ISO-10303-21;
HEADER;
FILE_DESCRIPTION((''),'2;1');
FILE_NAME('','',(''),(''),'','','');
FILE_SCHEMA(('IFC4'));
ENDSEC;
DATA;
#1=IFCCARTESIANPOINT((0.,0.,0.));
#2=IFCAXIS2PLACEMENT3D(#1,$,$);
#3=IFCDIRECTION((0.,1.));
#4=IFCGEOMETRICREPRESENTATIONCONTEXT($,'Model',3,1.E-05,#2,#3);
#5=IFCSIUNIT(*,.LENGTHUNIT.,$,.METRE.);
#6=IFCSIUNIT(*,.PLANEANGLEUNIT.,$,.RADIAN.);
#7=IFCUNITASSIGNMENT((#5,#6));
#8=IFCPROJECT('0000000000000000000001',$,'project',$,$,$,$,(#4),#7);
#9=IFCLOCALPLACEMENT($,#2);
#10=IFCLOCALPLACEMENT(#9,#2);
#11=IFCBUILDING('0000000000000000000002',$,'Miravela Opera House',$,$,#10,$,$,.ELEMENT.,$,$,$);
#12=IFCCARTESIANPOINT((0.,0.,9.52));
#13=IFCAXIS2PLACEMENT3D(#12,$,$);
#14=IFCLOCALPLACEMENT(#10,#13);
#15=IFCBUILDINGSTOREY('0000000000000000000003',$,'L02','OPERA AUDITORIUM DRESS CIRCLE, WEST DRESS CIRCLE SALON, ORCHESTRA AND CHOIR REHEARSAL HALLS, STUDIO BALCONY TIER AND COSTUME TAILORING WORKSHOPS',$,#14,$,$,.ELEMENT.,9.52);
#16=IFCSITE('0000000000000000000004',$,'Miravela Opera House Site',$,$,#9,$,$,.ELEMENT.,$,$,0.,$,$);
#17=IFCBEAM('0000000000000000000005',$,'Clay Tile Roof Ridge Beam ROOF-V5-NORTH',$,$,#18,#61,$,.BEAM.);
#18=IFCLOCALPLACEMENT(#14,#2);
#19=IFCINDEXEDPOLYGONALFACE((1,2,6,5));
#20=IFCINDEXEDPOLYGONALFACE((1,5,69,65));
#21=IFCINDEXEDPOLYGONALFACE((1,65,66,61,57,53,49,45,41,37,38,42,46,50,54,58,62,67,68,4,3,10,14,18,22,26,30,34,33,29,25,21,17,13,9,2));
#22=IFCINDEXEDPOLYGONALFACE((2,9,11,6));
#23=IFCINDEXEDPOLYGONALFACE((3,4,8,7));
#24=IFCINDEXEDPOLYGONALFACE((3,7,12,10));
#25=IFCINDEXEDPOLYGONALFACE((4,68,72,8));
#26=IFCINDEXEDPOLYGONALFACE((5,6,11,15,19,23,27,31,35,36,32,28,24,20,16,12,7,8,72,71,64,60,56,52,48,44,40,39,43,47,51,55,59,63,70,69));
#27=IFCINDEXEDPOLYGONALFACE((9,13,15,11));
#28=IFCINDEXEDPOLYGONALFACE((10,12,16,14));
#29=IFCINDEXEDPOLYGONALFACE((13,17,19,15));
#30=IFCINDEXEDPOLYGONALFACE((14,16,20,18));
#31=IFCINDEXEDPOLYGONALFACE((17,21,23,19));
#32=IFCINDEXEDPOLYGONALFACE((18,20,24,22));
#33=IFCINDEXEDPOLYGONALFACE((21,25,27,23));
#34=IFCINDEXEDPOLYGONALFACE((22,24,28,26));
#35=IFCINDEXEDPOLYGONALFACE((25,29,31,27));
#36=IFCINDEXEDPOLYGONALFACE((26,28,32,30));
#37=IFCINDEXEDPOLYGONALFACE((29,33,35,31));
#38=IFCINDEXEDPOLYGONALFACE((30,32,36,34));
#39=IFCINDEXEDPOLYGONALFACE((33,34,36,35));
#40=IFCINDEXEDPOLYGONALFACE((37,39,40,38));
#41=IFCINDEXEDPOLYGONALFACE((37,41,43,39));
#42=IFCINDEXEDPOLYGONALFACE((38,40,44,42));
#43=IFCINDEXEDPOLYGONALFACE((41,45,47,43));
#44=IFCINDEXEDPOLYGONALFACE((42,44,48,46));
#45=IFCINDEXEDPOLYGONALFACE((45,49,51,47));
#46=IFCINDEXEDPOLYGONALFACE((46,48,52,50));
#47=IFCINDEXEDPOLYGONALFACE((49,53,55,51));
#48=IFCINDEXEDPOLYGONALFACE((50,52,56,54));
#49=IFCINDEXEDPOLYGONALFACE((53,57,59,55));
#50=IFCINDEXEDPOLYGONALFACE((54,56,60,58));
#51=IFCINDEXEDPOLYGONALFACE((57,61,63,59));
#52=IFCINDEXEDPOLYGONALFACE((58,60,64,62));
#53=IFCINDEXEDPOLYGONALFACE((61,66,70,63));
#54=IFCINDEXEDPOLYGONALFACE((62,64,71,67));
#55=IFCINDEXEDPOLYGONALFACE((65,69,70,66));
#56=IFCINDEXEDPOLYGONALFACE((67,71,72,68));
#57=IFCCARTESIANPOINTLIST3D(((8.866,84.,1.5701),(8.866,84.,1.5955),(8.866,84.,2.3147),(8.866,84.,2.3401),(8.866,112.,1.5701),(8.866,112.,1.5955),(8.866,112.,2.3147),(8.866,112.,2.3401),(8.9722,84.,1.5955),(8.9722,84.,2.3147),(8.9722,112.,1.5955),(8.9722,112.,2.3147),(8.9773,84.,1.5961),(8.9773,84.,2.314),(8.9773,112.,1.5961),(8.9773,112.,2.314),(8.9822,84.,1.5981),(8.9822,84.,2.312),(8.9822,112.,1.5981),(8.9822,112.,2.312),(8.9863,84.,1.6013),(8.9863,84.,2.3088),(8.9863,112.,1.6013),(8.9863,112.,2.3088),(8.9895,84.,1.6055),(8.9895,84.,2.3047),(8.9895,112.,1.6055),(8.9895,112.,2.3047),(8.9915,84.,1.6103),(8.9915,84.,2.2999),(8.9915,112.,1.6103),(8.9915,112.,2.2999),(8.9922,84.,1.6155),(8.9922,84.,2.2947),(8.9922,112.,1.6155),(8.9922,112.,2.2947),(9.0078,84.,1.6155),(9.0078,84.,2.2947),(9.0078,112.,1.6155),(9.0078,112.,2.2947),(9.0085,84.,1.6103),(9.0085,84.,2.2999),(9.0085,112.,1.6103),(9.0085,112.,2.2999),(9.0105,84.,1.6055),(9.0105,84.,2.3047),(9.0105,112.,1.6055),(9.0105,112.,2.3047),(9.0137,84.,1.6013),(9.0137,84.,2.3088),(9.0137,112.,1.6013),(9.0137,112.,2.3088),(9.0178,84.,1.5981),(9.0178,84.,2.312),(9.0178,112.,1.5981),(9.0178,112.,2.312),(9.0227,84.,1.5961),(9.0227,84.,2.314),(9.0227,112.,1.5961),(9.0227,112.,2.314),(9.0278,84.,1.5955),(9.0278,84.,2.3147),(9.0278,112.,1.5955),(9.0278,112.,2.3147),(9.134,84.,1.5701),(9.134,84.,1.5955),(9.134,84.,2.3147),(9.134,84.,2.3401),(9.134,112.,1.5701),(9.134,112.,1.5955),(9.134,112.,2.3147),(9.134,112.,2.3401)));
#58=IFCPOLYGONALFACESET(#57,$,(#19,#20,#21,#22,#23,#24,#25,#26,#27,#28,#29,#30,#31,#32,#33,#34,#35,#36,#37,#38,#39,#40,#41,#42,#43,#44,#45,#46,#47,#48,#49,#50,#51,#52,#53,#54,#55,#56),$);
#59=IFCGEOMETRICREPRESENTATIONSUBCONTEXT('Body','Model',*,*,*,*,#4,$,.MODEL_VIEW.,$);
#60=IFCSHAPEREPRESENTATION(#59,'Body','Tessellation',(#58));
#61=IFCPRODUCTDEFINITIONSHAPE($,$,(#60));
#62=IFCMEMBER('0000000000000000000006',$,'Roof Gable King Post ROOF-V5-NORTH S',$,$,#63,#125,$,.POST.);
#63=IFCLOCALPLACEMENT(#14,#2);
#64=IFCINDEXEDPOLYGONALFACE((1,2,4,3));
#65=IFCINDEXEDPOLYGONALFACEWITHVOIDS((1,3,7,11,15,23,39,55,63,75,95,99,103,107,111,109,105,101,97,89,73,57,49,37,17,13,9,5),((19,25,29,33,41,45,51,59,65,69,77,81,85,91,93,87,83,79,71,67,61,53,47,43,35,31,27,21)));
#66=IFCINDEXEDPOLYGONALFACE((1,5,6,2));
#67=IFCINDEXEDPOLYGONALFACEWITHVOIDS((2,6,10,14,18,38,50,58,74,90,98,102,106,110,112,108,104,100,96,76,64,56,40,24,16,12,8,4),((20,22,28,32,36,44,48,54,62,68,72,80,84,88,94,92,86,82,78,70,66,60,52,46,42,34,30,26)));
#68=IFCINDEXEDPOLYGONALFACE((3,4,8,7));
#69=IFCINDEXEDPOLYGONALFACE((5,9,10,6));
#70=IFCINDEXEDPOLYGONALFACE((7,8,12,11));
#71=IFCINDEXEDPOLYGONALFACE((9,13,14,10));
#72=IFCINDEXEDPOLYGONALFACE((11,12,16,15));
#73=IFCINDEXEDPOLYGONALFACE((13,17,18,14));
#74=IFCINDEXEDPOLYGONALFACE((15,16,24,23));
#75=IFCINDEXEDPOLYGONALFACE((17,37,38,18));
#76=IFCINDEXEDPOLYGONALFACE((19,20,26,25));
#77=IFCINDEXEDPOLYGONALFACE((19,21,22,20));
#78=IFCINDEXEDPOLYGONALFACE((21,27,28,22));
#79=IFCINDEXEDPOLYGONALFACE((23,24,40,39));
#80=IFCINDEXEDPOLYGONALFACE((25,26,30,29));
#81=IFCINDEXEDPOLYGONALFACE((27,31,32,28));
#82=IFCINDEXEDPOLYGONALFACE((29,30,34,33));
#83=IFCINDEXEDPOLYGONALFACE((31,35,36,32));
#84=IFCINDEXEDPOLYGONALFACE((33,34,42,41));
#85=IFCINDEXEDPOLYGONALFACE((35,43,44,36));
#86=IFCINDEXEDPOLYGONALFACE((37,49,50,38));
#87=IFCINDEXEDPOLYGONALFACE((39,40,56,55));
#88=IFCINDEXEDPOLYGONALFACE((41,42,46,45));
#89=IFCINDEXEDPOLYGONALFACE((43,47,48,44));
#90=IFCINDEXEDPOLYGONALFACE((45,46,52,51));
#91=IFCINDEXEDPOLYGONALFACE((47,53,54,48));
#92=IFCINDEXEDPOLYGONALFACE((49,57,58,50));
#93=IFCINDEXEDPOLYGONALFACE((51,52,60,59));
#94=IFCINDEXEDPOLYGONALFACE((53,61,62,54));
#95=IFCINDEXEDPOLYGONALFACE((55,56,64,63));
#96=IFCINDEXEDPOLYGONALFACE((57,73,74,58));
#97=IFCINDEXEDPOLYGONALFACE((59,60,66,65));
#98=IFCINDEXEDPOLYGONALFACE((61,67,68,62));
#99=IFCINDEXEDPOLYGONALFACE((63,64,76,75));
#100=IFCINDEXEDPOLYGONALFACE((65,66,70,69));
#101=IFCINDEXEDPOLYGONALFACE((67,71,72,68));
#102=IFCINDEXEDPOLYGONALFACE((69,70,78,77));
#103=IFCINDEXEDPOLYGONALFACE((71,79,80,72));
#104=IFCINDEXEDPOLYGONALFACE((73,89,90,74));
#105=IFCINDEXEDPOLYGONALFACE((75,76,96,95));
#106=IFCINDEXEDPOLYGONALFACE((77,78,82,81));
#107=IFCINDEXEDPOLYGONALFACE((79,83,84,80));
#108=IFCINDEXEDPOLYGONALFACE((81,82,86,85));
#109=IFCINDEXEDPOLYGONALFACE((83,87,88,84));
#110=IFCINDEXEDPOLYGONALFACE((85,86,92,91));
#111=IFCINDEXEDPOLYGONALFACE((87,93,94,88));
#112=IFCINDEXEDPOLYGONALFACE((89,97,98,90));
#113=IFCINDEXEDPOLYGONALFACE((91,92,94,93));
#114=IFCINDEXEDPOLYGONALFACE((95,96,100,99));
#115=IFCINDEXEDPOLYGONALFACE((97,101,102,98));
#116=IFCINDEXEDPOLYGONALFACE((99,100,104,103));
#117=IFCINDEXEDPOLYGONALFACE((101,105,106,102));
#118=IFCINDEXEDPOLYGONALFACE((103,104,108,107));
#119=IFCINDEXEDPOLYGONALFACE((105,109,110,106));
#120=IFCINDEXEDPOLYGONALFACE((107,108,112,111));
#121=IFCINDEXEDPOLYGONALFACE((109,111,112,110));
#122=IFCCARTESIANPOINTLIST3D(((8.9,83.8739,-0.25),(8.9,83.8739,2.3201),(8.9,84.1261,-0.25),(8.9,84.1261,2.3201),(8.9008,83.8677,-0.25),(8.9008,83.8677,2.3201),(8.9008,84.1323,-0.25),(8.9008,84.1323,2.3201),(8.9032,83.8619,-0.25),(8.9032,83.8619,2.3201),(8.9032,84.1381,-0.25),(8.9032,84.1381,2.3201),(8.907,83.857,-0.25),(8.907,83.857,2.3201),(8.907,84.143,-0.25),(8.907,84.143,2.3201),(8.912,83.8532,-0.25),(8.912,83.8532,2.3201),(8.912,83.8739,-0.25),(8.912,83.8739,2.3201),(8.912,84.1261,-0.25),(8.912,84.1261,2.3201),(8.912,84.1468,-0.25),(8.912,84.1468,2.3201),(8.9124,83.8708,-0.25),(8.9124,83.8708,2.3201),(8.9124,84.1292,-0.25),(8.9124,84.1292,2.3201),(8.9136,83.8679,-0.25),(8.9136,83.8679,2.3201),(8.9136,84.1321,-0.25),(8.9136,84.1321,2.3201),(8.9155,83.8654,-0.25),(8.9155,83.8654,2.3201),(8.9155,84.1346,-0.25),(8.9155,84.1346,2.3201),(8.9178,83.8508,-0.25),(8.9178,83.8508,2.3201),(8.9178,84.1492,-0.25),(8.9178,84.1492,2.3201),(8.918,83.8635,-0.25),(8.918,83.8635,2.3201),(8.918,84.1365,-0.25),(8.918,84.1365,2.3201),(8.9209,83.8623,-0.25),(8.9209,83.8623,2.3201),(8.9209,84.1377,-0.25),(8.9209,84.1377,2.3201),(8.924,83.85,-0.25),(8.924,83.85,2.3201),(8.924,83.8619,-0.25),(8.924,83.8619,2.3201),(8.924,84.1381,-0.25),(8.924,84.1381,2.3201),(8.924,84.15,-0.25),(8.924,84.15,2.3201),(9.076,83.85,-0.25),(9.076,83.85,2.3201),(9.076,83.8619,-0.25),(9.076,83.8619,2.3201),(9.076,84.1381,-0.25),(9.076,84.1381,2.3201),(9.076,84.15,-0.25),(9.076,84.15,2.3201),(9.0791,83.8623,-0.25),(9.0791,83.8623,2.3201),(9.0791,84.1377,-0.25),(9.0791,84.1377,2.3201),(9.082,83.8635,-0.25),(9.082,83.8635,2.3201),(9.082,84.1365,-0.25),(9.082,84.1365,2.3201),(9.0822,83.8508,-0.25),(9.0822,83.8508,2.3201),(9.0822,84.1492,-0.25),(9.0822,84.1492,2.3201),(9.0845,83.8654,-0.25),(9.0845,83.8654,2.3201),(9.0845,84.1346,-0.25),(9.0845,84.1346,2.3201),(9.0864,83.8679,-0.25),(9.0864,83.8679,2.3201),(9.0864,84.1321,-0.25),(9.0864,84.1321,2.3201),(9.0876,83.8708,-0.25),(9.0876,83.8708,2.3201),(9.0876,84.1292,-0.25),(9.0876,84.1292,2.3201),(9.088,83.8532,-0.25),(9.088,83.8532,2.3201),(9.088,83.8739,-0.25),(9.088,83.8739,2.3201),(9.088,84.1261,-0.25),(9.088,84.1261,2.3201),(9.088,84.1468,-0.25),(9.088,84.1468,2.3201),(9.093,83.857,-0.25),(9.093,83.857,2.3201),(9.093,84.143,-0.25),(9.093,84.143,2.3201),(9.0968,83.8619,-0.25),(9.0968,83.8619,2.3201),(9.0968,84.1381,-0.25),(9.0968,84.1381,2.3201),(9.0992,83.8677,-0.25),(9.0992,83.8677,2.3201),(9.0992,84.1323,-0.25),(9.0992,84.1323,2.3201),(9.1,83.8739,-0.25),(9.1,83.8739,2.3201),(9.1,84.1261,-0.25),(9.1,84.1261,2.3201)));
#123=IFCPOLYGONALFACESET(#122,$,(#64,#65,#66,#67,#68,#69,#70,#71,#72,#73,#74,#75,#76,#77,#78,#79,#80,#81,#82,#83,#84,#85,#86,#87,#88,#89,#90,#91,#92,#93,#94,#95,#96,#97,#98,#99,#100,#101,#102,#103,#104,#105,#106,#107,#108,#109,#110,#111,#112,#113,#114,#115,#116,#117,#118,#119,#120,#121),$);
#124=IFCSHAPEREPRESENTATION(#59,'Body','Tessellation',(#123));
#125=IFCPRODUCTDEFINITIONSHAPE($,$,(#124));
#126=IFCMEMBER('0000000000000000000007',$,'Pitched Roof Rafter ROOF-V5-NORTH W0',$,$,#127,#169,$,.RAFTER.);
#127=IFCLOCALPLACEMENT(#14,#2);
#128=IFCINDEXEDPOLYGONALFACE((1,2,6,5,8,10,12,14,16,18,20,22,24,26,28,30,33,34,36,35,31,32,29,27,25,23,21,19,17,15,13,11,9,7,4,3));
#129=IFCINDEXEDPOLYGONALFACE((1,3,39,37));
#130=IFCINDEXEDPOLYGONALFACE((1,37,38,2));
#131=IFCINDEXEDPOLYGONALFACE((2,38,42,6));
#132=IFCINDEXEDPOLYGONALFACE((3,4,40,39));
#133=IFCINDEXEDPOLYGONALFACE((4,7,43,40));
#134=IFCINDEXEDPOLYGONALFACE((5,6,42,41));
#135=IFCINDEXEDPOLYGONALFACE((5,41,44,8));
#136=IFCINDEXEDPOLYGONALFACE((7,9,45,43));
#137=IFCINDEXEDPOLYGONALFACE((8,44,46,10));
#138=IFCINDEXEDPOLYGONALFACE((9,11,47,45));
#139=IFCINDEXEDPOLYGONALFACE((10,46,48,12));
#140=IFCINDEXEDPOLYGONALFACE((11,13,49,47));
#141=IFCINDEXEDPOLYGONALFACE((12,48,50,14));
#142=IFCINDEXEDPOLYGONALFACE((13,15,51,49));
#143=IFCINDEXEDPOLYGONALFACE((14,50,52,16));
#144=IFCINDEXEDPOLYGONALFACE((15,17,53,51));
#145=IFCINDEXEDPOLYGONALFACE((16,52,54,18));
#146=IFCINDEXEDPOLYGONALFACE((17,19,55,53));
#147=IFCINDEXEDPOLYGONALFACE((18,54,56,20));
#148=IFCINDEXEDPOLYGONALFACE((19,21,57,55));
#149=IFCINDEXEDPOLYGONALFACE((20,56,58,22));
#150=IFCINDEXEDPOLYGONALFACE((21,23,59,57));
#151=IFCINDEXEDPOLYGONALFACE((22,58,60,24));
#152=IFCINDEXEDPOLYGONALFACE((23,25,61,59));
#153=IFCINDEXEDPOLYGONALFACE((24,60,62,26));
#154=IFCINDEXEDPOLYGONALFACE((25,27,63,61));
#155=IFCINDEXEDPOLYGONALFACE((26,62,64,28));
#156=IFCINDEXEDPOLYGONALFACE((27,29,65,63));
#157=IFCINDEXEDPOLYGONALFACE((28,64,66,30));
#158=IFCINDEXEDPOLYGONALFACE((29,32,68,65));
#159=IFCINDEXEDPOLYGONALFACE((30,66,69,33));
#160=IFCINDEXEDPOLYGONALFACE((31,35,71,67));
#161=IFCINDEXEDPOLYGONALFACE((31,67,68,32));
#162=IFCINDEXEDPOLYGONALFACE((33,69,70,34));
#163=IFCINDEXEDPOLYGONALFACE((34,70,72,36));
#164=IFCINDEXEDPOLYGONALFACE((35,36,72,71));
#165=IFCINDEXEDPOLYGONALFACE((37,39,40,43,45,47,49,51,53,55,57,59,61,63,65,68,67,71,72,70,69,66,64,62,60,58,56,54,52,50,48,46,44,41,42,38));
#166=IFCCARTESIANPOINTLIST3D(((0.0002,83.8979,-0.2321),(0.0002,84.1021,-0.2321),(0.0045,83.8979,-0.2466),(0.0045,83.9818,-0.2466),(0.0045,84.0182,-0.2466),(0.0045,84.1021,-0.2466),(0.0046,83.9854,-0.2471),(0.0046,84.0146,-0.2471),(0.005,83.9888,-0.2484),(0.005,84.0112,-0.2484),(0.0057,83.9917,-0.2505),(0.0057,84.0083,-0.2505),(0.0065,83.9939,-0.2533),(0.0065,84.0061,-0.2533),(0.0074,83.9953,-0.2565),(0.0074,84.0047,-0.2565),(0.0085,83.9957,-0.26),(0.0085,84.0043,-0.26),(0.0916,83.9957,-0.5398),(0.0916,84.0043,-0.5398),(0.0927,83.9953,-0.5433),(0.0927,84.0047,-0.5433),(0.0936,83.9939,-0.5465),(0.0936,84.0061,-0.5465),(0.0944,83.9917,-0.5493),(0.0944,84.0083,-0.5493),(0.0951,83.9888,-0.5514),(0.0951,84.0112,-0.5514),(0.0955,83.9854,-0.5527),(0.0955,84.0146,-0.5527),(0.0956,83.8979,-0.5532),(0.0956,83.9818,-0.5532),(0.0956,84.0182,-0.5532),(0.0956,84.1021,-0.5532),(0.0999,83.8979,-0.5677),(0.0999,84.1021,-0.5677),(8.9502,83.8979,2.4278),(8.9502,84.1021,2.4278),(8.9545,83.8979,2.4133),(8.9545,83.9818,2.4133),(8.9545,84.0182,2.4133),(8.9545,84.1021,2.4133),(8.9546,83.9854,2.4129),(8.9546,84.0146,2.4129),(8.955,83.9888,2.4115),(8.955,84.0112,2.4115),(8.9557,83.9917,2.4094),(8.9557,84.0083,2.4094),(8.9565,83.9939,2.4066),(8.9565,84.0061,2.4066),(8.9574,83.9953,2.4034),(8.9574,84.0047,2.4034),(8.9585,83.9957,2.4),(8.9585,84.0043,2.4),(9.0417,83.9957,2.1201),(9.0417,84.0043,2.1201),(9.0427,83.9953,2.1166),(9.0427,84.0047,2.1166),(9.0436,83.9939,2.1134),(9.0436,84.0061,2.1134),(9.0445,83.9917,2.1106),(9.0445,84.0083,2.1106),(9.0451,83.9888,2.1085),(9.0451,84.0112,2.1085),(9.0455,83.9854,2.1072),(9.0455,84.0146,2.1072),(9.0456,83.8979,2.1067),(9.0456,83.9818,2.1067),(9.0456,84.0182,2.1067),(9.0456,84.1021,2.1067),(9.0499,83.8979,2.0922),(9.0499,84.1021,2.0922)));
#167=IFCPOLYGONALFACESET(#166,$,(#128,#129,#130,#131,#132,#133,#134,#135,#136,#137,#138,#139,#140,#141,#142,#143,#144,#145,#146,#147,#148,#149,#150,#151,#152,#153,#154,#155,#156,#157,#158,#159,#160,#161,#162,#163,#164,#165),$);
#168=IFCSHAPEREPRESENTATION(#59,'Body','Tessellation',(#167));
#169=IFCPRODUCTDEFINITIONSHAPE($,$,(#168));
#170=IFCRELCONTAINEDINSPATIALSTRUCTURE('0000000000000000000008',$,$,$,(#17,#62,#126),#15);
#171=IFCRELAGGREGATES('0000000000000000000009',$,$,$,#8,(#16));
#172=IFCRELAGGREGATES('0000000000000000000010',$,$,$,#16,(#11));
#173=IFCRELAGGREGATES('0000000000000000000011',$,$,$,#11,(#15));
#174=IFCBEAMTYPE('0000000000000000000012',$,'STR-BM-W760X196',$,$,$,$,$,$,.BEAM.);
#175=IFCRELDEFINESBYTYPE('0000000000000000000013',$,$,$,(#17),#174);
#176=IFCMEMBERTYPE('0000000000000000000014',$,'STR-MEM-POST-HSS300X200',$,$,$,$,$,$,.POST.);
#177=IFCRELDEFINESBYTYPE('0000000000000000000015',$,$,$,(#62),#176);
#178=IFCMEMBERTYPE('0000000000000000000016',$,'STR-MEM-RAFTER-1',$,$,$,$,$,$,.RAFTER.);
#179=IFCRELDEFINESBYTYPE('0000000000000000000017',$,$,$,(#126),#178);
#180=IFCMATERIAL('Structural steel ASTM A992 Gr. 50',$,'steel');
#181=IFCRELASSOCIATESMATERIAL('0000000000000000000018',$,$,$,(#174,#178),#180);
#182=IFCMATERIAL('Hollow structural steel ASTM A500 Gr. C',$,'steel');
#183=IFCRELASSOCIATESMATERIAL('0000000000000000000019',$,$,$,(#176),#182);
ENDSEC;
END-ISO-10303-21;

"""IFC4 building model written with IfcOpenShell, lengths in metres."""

from ifc_helpers import new_model, si_unit, direction, frame, origin, origin_2d, place, context, subcontext, project, spatial, hollow_rectangle, i_section, extrude, material, material_profile, profile_set, type_object, element, save


model = new_model("IFC4")

# Units and contexts
model_context = context("Model", 3, precision=1e-05, world=origin(), true_north=direction((0.0, 1.0)))
body_context = subcontext(model_context, "Body", "Model", "MODEL_VIEW")
ifc_project = project(units=[si_unit("LENGTHUNIT", "METRE"), si_unit("PLANEANGLEUNIT", "RADIAN")], contexts=[model_context])

# Site, building, storey
site_placement = place(None, origin())
site = spatial("IfcSite", under=ifc_project, at=site_placement, Name="Miravela Opera House Site", CompositionType="ELEMENT", RefElevation=0.0)
building_placement = place(site_placement, origin())
building = spatial("IfcBuilding", under=site, at=building_placement, Name="Miravela Opera House", CompositionType="ELEMENT")
storey_placement = place(building_placement, frame((0.0, 0.0, 9.52)))
storey = spatial("IfcBuildingStorey", under=building, at=storey_placement, Name="L02", Description="OPERA AUDITORIUM DRESS CIRCLE, WEST DRESS CIRCLE SALON, ORCHESTRA AND CHOIR REHEARSAL HALLS, STUDIO BALCONY TIER AND COSTUME TAILORING WORKSHOPS", CompositionType="ELEMENT", Elevation=9.52)

# Beam
ifc_material_1 = material(Name="Structural steel ASTM A992 Gr. 50", Category="steel")
ifc_material_profile_1 = material_profile(ifc_material_1, i_section(OverallWidth=0.2681, OverallDepth=0.77, WebThickness=0.0156, FlangeThickness=0.0254, FilletRadius=0.02, at=origin_2d()), Name="W760X196")
ifc_profile_set_1 = profile_set([ifc_material_profile_1])
beam_type_1 = type_object("IfcBeamType", Name="STR-BM-W760X196", PredefinedType="BEAM", material=ifc_profile_set_1)
beam_1_placement = place(storey_placement, frame((9.0, 84.0, 1.9551), z_axis=(0.0, 1.0, 0.0), x_axis=(-1.0, 0.0, 0.0)))
element("IfcBeam", 1, at=beam_1_placement, inside=storey, type_object=beam_type_1, Name="Clay Tile Roof Ridge Beam ROOF-V5-NORTH", PredefinedType="BEAM", context=body_context, shape_type="SweptSolid", body=[
    extrude(i_section(OverallWidth=0.2681, OverallDepth=0.77, WebThickness=0.0156, FlangeThickness=0.0254, FilletRadius=0.02, at=origin_2d()), origin(), (0.0, 0.0, 1.0), 28.0),
])

# Members
ifc_material_2 = material(Name="Hollow structural steel ASTM A500 Gr. C", Category="steel")
ifc_material_profile_2 = material_profile(ifc_material_2, hollow_rectangle(XDim=0.2, YDim=0.3, WallThickness=0.012, InnerFilletRadius=0.012, OuterFilletRadius=0.0239, at=origin_2d()), Name="HSS300X200X12")
ifc_profile_set_2 = profile_set([ifc_material_profile_2])
member_type_1 = type_object("IfcMemberType", Name="STR-MEM-POST-HSS300X200", PredefinedType="POST", material=ifc_profile_set_2)
member_1_placement = place(storey_placement, frame((9.0, 84.0, -0.25), z_axis=(0.0, 0.0, 1.0), x_axis=(1.0, 0.0, 0.0)))
element("IfcMember", 2, at=member_1_placement, inside=storey, type_object=member_type_1, Name="Roof Gable King Post ROOF-V5-NORTH S", PredefinedType="POST", context=body_context, shape_type="SweptSolid", body=[
    extrude(hollow_rectangle(XDim=0.2, YDim=0.3, WallThickness=0.012, InnerFilletRadius=0.012, OuterFilletRadius=0.0239, at=origin_2d()), origin(), (0.0, 0.0, 1.0), 2.5701),
])
ifc_material_profile_3 = material_profile(ifc_material_1, i_section(OverallWidth=0.2041, OverallDepth=0.3501, WebThickness=0.0085, FlangeThickness=0.0151, FilletRadius=0.0139, at=origin_2d()), Name="W360X72")
ifc_profile_set_3 = profile_set([ifc_material_profile_3])
member_type_2 = type_object("IfcMemberType", Name="STR-MEM-RAFTER-1", PredefinedType="RAFTER", material=ifc_profile_set_3)
member_2_placement = place(storey_placement, frame((0.05, 84.0, -0.3999), z_axis=(0.958562, 0.0, 0.284883), x_axis=(0.0, 1.0, 0.0)))
element("IfcMember", 3, at=member_2_placement, inside=storey, type_object=member_type_2, Name="Pitched Roof Rafter ROOF-V5-NORTH W0", PredefinedType="RAFTER", context=body_context, shape_type="SweptSolid", body=[
    extrude(i_section(OverallWidth=0.2041, OverallDepth=0.3501, WebThickness=0.0085, FlangeThickness=0.0151, FilletRadius=0.0139, at=origin_2d()), origin(), (0.0, 0.0, 1.0), 9.3369),
])

save(model, "model.ifc")
